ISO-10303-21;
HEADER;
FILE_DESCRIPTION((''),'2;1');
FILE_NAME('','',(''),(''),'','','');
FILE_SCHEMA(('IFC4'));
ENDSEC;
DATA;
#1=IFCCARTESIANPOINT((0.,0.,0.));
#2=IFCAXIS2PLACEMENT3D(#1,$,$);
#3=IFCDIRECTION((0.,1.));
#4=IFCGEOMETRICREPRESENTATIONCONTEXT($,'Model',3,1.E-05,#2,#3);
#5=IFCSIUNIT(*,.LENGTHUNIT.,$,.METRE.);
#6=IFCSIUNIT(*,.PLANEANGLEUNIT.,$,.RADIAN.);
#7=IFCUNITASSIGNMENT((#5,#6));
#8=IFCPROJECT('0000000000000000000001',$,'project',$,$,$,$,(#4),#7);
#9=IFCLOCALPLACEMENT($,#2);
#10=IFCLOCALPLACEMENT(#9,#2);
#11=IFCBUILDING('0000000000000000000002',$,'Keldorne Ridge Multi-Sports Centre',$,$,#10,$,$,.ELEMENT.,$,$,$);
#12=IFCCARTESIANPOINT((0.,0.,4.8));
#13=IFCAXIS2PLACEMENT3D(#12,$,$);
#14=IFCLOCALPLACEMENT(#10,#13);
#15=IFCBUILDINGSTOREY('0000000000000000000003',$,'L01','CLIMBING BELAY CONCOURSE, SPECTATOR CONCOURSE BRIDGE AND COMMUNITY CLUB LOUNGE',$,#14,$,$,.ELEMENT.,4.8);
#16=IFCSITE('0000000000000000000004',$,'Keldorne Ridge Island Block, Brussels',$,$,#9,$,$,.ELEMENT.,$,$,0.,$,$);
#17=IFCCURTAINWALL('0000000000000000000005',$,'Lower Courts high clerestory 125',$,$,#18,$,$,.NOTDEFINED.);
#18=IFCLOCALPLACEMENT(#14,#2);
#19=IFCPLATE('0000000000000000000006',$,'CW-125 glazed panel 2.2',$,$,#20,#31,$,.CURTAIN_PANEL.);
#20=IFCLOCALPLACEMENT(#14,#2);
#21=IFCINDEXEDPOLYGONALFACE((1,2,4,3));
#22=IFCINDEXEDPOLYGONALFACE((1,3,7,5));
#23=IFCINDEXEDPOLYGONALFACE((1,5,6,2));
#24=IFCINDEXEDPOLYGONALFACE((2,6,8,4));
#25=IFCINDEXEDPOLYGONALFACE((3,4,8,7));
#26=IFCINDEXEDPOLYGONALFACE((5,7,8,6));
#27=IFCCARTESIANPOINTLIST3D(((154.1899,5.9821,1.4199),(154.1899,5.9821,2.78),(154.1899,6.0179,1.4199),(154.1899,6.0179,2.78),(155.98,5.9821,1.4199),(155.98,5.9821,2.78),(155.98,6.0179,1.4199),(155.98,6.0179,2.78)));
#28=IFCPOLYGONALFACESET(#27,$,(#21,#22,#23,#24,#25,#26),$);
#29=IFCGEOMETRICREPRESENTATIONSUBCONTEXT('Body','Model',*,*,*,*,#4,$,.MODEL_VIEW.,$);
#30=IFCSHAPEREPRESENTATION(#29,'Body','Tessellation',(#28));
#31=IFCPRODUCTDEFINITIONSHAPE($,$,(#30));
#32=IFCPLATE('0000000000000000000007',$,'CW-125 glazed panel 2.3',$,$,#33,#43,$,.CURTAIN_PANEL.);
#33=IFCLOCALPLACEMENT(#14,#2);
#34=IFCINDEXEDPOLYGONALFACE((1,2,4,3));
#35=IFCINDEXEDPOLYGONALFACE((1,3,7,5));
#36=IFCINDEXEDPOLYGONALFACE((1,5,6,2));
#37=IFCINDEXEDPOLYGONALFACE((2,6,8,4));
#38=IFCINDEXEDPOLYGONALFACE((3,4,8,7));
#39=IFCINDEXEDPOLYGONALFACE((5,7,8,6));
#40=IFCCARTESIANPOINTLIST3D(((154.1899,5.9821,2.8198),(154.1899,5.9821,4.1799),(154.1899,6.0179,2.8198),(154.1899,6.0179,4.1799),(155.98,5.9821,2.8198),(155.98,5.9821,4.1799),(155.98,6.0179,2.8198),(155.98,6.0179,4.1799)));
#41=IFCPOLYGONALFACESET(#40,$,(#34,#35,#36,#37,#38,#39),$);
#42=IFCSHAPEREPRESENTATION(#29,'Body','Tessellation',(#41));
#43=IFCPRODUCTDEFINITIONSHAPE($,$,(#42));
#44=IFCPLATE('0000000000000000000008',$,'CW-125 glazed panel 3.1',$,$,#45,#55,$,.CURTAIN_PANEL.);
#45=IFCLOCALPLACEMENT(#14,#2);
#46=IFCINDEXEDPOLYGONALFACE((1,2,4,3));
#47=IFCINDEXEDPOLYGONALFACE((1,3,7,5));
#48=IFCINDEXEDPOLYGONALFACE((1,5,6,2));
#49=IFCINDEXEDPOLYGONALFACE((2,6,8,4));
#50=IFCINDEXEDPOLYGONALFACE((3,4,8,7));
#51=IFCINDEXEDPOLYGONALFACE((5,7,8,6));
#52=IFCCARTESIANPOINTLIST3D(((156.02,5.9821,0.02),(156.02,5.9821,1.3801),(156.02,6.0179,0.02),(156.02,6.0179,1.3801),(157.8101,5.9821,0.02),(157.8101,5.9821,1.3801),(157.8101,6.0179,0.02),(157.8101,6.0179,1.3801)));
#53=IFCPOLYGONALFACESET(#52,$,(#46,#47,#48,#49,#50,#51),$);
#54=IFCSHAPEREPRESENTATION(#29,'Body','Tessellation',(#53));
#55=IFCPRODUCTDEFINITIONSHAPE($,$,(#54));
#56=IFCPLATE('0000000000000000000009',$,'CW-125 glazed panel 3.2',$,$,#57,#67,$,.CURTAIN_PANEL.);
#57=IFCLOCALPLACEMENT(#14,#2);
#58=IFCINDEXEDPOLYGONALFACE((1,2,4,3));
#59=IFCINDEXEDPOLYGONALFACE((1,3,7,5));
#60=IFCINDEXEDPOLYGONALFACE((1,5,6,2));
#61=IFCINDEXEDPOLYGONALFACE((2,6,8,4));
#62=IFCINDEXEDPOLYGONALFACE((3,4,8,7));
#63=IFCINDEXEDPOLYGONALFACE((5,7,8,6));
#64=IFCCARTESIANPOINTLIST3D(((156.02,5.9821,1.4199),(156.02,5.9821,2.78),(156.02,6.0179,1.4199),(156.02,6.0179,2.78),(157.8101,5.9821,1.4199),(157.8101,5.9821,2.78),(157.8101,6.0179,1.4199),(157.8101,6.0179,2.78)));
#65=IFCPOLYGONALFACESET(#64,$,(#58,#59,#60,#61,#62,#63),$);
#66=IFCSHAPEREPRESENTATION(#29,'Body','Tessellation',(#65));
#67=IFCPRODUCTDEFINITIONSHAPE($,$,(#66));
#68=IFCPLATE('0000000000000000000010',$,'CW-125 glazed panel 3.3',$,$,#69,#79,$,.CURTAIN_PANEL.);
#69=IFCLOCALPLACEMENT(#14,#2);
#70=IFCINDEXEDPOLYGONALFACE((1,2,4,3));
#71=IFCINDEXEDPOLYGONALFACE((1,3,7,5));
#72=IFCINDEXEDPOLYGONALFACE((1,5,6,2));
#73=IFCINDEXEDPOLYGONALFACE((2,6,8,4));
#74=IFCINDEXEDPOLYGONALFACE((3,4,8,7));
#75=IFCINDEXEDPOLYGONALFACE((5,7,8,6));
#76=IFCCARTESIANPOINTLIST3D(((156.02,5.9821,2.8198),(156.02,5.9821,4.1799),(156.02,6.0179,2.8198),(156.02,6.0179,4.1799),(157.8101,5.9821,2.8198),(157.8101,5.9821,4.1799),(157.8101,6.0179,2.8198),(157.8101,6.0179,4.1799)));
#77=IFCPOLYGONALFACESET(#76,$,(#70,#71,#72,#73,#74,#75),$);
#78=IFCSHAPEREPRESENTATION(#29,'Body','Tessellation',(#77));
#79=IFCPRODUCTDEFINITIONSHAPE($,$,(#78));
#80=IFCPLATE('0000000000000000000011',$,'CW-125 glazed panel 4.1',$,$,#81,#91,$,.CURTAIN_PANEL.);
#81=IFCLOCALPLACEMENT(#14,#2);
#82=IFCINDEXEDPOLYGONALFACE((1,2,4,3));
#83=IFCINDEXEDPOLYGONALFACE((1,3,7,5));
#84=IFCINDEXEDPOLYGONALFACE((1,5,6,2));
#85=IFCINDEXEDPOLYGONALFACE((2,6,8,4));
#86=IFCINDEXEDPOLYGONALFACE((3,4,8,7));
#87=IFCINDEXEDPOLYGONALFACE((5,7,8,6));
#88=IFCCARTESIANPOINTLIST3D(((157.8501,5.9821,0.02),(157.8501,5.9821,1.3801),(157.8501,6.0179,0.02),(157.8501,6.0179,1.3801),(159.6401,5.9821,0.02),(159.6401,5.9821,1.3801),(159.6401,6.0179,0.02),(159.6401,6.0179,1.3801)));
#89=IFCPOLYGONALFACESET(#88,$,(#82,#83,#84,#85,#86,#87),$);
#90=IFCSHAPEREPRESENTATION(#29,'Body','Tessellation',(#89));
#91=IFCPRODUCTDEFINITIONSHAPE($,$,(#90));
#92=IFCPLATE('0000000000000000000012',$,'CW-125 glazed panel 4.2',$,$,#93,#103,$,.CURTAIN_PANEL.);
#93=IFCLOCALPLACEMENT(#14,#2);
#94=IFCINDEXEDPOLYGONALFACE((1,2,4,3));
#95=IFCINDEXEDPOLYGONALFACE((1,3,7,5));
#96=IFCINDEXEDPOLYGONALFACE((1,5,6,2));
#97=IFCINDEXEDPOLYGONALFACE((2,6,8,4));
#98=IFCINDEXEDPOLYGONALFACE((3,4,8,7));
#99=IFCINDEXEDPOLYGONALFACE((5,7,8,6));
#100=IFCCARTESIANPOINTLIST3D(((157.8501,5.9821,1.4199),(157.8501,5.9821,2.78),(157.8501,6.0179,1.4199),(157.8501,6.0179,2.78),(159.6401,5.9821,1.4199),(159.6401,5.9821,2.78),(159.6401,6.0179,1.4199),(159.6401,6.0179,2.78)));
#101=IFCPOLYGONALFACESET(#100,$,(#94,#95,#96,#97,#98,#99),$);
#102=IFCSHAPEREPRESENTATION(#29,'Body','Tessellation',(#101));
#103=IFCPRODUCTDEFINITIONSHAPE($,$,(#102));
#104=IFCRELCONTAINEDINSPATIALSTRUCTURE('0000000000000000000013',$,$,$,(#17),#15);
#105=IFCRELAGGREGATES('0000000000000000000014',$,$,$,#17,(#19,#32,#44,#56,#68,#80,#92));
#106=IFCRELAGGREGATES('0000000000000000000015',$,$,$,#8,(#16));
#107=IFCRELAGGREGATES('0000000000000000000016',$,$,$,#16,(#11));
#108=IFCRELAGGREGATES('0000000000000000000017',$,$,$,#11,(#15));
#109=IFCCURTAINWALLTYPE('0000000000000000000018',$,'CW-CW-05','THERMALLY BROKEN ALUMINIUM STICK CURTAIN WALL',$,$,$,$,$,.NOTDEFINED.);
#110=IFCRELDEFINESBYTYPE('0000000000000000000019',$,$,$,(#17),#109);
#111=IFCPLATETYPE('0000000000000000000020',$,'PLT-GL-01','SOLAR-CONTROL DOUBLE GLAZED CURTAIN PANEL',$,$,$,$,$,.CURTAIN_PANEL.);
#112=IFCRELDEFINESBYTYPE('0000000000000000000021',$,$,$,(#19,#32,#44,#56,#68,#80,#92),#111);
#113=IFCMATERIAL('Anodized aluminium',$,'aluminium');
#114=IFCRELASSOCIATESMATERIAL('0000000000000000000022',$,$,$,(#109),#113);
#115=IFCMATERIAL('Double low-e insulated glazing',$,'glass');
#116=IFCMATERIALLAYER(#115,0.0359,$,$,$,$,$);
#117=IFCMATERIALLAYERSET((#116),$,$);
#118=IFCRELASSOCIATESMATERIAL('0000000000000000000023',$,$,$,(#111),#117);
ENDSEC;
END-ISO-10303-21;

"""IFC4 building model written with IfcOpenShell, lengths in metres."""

from ifc_helpers import new_model, si_unit, direction, frame, origin, origin_2d, place, context, subcontext, project, spatial, rectangle, extrude, material, layer, layer_set, type_object, element, aggregate, save


model = new_model("IFC4")

# Units and contexts
model_context = context("Model", 3, precision=1e-05, world=origin(), true_north=direction((0.0, 1.0)))
body_context = subcontext(model_context, "Body", "Model", "MODEL_VIEW")
ifc_project = project(units=[si_unit("LENGTHUNIT", "METRE"), si_unit("PLANEANGLEUNIT", "RADIAN")], contexts=[model_context])

# Site, building, storey
site_placement = place(None, origin())
site = spatial("IfcSite", under=ifc_project, at=site_placement, Name="Keldorne Ridge Island Block, Brussels", CompositionType="ELEMENT", RefElevation=0.0)
building_placement = place(site_placement, origin())
building = spatial("IfcBuilding", under=site, at=building_placement, Name="Keldorne Ridge Multi-Sports Centre", CompositionType="ELEMENT")
storey_placement = place(building_placement, frame((0.0, 0.0, 4.8)))
storey = spatial("IfcBuildingStorey", under=building, at=storey_placement, Name="L01", Description="CLIMBING BELAY CONCOURSE, SPECTATOR CONCOURSE BRIDGE AND COMMUNITY CLUB LOUNGE", CompositionType="ELEMENT", Elevation=4.8)

# Curtain wall, plates
ifc_material_1 = material(Name="Anodized aluminium", Category="aluminium")
curtain_wall_type = type_object("IfcCurtainWallType", Name="CW-CW-05", Description="THERMALLY BROKEN ALUMINIUM STICK CURTAIN WALL", PredefinedType="NOTDEFINED", material=ifc_material_1)
curtain_wall_placement = place(storey_placement, origin())
curtain_wall = element("IfcCurtainWall", 1, at=curtain_wall_placement, inside=storey, type_object=curtain_wall_type, Name="Lower Courts high clerestory 125", PredefinedType="NOTDEFINED")
ifc_material_2 = material(Name="Double low-e insulated glazing", Category="glass")
ifc_layer = layer(ifc_material_2, 0.0359)
ifc_layer_set = layer_set([ifc_layer])
plate_type = type_object("IfcPlateType", Name="PLT-GL-01", Description="SOLAR-CONTROL DOUBLE GLAZED CURTAIN PANEL", PredefinedType="CURTAIN_PANEL", material=ifc_layer_set)
plate_1_placement = place(storey_placement, frame((155.085, 6.0, 1.4199), z_axis=(0.0, 0.0, 1.0), x_axis=(1.0, 0.0, 0.0)))
plate_1 = element("IfcPlate", 2, at=plate_1_placement, type_object=plate_type, Name="CW-125 glazed panel 2.2", PredefinedType="CURTAIN_PANEL", context=body_context, shape_type="SweptSolid", body=[
    extrude(rectangle(XDim=1.79, YDim=0.0359, at=origin_2d()), origin(), (0.0, 0.0, 1.0), 1.3601),
])
plate_2_placement = place(storey_placement, frame((155.085, 6.0, 2.8198), z_axis=(0.0, 0.0, 1.0), x_axis=(1.0, 0.0, 0.0)))
plate_2 = element("IfcPlate", 3, at=plate_2_placement, type_object=plate_type, Name="CW-125 glazed panel 2.3", PredefinedType="CURTAIN_PANEL", context=body_context, shape_type="SweptSolid", body=[
    extrude(rectangle(XDim=1.79, YDim=0.0359, at=origin_2d()), origin(), (0.0, 0.0, 1.0), 1.3601),
])
plate_3_placement = place(storey_placement, frame((156.915, 6.0, 0.02), z_axis=(0.0, 0.0, 1.0), x_axis=(1.0, 0.0, 0.0)))
plate_3 = element("IfcPlate", 4, at=plate_3_placement, type_object=plate_type, Name="CW-125 glazed panel 3.1", PredefinedType="CURTAIN_PANEL", context=body_context, shape_type="SweptSolid", body=[
    extrude(rectangle(XDim=1.79, YDim=0.0359, at=origin_2d()), origin(), (0.0, 0.0, 1.0), 1.3601),
])
plate_4_placement = place(storey_placement, frame((156.915, 6.0, 1.4199), z_axis=(0.0, 0.0, 1.0), x_axis=(1.0, 0.0, 0.0)))
plate_4 = element("IfcPlate", 5, at=plate_4_placement, type_object=plate_type, Name="CW-125 glazed panel 3.2", PredefinedType="CURTAIN_PANEL", context=body_context, shape_type="SweptSolid", body=[
    extrude(rectangle(XDim=1.79, YDim=0.0359, at=origin_2d()), origin(), (0.0, 0.0, 1.0), 1.3601),
])
plate_5_placement = place(storey_placement, frame((156.915, 6.0, 2.8198), z_axis=(0.0, 0.0, 1.0), x_axis=(1.0, 0.0, 0.0)))
plate_5 = element("IfcPlate", 6, at=plate_5_placement, type_object=plate_type, Name="CW-125 glazed panel 3.3", PredefinedType="CURTAIN_PANEL", context=body_context, shape_type="SweptSolid", body=[
    extrude(rectangle(XDim=1.79, YDim=0.0359, at=origin_2d()), origin(), (0.0, 0.0, 1.0), 1.3601),
])
plate_6_placement = place(storey_placement, frame((158.7451, 6.0, 0.02), z_axis=(0.0, 0.0, 1.0), x_axis=(1.0, 0.0, 0.0)))
plate_6 = element("IfcPlate", 7, at=plate_6_placement, type_object=plate_type, Name="CW-125 glazed panel 4.1", PredefinedType="CURTAIN_PANEL", context=body_context, shape_type="SweptSolid", body=[
    extrude(rectangle(XDim=1.79, YDim=0.0359, at=origin_2d()), origin(), (0.0, 0.0, 1.0), 1.3601),
])
plate_7_placement = place(storey_placement, frame((158.7451, 6.0, 1.4199), z_axis=(0.0, 0.0, 1.0), x_axis=(1.0, 0.0, 0.0)))
plate_7 = element("IfcPlate", 8, at=plate_7_placement, type_object=plate_type, Name="CW-125 glazed panel 4.2", PredefinedType="CURTAIN_PANEL", context=body_context, shape_type="SweptSolid", body=[
    extrude(rectangle(XDim=1.79, YDim=0.0359, at=origin_2d()), origin(), (0.0, 0.0, 1.0), 1.3601),
])
aggregate(curtain_wall, [plate_1, plate_2, plate_3, plate_4, plate_5, plate_6, plate_7])

save(model, "model.ifc")
